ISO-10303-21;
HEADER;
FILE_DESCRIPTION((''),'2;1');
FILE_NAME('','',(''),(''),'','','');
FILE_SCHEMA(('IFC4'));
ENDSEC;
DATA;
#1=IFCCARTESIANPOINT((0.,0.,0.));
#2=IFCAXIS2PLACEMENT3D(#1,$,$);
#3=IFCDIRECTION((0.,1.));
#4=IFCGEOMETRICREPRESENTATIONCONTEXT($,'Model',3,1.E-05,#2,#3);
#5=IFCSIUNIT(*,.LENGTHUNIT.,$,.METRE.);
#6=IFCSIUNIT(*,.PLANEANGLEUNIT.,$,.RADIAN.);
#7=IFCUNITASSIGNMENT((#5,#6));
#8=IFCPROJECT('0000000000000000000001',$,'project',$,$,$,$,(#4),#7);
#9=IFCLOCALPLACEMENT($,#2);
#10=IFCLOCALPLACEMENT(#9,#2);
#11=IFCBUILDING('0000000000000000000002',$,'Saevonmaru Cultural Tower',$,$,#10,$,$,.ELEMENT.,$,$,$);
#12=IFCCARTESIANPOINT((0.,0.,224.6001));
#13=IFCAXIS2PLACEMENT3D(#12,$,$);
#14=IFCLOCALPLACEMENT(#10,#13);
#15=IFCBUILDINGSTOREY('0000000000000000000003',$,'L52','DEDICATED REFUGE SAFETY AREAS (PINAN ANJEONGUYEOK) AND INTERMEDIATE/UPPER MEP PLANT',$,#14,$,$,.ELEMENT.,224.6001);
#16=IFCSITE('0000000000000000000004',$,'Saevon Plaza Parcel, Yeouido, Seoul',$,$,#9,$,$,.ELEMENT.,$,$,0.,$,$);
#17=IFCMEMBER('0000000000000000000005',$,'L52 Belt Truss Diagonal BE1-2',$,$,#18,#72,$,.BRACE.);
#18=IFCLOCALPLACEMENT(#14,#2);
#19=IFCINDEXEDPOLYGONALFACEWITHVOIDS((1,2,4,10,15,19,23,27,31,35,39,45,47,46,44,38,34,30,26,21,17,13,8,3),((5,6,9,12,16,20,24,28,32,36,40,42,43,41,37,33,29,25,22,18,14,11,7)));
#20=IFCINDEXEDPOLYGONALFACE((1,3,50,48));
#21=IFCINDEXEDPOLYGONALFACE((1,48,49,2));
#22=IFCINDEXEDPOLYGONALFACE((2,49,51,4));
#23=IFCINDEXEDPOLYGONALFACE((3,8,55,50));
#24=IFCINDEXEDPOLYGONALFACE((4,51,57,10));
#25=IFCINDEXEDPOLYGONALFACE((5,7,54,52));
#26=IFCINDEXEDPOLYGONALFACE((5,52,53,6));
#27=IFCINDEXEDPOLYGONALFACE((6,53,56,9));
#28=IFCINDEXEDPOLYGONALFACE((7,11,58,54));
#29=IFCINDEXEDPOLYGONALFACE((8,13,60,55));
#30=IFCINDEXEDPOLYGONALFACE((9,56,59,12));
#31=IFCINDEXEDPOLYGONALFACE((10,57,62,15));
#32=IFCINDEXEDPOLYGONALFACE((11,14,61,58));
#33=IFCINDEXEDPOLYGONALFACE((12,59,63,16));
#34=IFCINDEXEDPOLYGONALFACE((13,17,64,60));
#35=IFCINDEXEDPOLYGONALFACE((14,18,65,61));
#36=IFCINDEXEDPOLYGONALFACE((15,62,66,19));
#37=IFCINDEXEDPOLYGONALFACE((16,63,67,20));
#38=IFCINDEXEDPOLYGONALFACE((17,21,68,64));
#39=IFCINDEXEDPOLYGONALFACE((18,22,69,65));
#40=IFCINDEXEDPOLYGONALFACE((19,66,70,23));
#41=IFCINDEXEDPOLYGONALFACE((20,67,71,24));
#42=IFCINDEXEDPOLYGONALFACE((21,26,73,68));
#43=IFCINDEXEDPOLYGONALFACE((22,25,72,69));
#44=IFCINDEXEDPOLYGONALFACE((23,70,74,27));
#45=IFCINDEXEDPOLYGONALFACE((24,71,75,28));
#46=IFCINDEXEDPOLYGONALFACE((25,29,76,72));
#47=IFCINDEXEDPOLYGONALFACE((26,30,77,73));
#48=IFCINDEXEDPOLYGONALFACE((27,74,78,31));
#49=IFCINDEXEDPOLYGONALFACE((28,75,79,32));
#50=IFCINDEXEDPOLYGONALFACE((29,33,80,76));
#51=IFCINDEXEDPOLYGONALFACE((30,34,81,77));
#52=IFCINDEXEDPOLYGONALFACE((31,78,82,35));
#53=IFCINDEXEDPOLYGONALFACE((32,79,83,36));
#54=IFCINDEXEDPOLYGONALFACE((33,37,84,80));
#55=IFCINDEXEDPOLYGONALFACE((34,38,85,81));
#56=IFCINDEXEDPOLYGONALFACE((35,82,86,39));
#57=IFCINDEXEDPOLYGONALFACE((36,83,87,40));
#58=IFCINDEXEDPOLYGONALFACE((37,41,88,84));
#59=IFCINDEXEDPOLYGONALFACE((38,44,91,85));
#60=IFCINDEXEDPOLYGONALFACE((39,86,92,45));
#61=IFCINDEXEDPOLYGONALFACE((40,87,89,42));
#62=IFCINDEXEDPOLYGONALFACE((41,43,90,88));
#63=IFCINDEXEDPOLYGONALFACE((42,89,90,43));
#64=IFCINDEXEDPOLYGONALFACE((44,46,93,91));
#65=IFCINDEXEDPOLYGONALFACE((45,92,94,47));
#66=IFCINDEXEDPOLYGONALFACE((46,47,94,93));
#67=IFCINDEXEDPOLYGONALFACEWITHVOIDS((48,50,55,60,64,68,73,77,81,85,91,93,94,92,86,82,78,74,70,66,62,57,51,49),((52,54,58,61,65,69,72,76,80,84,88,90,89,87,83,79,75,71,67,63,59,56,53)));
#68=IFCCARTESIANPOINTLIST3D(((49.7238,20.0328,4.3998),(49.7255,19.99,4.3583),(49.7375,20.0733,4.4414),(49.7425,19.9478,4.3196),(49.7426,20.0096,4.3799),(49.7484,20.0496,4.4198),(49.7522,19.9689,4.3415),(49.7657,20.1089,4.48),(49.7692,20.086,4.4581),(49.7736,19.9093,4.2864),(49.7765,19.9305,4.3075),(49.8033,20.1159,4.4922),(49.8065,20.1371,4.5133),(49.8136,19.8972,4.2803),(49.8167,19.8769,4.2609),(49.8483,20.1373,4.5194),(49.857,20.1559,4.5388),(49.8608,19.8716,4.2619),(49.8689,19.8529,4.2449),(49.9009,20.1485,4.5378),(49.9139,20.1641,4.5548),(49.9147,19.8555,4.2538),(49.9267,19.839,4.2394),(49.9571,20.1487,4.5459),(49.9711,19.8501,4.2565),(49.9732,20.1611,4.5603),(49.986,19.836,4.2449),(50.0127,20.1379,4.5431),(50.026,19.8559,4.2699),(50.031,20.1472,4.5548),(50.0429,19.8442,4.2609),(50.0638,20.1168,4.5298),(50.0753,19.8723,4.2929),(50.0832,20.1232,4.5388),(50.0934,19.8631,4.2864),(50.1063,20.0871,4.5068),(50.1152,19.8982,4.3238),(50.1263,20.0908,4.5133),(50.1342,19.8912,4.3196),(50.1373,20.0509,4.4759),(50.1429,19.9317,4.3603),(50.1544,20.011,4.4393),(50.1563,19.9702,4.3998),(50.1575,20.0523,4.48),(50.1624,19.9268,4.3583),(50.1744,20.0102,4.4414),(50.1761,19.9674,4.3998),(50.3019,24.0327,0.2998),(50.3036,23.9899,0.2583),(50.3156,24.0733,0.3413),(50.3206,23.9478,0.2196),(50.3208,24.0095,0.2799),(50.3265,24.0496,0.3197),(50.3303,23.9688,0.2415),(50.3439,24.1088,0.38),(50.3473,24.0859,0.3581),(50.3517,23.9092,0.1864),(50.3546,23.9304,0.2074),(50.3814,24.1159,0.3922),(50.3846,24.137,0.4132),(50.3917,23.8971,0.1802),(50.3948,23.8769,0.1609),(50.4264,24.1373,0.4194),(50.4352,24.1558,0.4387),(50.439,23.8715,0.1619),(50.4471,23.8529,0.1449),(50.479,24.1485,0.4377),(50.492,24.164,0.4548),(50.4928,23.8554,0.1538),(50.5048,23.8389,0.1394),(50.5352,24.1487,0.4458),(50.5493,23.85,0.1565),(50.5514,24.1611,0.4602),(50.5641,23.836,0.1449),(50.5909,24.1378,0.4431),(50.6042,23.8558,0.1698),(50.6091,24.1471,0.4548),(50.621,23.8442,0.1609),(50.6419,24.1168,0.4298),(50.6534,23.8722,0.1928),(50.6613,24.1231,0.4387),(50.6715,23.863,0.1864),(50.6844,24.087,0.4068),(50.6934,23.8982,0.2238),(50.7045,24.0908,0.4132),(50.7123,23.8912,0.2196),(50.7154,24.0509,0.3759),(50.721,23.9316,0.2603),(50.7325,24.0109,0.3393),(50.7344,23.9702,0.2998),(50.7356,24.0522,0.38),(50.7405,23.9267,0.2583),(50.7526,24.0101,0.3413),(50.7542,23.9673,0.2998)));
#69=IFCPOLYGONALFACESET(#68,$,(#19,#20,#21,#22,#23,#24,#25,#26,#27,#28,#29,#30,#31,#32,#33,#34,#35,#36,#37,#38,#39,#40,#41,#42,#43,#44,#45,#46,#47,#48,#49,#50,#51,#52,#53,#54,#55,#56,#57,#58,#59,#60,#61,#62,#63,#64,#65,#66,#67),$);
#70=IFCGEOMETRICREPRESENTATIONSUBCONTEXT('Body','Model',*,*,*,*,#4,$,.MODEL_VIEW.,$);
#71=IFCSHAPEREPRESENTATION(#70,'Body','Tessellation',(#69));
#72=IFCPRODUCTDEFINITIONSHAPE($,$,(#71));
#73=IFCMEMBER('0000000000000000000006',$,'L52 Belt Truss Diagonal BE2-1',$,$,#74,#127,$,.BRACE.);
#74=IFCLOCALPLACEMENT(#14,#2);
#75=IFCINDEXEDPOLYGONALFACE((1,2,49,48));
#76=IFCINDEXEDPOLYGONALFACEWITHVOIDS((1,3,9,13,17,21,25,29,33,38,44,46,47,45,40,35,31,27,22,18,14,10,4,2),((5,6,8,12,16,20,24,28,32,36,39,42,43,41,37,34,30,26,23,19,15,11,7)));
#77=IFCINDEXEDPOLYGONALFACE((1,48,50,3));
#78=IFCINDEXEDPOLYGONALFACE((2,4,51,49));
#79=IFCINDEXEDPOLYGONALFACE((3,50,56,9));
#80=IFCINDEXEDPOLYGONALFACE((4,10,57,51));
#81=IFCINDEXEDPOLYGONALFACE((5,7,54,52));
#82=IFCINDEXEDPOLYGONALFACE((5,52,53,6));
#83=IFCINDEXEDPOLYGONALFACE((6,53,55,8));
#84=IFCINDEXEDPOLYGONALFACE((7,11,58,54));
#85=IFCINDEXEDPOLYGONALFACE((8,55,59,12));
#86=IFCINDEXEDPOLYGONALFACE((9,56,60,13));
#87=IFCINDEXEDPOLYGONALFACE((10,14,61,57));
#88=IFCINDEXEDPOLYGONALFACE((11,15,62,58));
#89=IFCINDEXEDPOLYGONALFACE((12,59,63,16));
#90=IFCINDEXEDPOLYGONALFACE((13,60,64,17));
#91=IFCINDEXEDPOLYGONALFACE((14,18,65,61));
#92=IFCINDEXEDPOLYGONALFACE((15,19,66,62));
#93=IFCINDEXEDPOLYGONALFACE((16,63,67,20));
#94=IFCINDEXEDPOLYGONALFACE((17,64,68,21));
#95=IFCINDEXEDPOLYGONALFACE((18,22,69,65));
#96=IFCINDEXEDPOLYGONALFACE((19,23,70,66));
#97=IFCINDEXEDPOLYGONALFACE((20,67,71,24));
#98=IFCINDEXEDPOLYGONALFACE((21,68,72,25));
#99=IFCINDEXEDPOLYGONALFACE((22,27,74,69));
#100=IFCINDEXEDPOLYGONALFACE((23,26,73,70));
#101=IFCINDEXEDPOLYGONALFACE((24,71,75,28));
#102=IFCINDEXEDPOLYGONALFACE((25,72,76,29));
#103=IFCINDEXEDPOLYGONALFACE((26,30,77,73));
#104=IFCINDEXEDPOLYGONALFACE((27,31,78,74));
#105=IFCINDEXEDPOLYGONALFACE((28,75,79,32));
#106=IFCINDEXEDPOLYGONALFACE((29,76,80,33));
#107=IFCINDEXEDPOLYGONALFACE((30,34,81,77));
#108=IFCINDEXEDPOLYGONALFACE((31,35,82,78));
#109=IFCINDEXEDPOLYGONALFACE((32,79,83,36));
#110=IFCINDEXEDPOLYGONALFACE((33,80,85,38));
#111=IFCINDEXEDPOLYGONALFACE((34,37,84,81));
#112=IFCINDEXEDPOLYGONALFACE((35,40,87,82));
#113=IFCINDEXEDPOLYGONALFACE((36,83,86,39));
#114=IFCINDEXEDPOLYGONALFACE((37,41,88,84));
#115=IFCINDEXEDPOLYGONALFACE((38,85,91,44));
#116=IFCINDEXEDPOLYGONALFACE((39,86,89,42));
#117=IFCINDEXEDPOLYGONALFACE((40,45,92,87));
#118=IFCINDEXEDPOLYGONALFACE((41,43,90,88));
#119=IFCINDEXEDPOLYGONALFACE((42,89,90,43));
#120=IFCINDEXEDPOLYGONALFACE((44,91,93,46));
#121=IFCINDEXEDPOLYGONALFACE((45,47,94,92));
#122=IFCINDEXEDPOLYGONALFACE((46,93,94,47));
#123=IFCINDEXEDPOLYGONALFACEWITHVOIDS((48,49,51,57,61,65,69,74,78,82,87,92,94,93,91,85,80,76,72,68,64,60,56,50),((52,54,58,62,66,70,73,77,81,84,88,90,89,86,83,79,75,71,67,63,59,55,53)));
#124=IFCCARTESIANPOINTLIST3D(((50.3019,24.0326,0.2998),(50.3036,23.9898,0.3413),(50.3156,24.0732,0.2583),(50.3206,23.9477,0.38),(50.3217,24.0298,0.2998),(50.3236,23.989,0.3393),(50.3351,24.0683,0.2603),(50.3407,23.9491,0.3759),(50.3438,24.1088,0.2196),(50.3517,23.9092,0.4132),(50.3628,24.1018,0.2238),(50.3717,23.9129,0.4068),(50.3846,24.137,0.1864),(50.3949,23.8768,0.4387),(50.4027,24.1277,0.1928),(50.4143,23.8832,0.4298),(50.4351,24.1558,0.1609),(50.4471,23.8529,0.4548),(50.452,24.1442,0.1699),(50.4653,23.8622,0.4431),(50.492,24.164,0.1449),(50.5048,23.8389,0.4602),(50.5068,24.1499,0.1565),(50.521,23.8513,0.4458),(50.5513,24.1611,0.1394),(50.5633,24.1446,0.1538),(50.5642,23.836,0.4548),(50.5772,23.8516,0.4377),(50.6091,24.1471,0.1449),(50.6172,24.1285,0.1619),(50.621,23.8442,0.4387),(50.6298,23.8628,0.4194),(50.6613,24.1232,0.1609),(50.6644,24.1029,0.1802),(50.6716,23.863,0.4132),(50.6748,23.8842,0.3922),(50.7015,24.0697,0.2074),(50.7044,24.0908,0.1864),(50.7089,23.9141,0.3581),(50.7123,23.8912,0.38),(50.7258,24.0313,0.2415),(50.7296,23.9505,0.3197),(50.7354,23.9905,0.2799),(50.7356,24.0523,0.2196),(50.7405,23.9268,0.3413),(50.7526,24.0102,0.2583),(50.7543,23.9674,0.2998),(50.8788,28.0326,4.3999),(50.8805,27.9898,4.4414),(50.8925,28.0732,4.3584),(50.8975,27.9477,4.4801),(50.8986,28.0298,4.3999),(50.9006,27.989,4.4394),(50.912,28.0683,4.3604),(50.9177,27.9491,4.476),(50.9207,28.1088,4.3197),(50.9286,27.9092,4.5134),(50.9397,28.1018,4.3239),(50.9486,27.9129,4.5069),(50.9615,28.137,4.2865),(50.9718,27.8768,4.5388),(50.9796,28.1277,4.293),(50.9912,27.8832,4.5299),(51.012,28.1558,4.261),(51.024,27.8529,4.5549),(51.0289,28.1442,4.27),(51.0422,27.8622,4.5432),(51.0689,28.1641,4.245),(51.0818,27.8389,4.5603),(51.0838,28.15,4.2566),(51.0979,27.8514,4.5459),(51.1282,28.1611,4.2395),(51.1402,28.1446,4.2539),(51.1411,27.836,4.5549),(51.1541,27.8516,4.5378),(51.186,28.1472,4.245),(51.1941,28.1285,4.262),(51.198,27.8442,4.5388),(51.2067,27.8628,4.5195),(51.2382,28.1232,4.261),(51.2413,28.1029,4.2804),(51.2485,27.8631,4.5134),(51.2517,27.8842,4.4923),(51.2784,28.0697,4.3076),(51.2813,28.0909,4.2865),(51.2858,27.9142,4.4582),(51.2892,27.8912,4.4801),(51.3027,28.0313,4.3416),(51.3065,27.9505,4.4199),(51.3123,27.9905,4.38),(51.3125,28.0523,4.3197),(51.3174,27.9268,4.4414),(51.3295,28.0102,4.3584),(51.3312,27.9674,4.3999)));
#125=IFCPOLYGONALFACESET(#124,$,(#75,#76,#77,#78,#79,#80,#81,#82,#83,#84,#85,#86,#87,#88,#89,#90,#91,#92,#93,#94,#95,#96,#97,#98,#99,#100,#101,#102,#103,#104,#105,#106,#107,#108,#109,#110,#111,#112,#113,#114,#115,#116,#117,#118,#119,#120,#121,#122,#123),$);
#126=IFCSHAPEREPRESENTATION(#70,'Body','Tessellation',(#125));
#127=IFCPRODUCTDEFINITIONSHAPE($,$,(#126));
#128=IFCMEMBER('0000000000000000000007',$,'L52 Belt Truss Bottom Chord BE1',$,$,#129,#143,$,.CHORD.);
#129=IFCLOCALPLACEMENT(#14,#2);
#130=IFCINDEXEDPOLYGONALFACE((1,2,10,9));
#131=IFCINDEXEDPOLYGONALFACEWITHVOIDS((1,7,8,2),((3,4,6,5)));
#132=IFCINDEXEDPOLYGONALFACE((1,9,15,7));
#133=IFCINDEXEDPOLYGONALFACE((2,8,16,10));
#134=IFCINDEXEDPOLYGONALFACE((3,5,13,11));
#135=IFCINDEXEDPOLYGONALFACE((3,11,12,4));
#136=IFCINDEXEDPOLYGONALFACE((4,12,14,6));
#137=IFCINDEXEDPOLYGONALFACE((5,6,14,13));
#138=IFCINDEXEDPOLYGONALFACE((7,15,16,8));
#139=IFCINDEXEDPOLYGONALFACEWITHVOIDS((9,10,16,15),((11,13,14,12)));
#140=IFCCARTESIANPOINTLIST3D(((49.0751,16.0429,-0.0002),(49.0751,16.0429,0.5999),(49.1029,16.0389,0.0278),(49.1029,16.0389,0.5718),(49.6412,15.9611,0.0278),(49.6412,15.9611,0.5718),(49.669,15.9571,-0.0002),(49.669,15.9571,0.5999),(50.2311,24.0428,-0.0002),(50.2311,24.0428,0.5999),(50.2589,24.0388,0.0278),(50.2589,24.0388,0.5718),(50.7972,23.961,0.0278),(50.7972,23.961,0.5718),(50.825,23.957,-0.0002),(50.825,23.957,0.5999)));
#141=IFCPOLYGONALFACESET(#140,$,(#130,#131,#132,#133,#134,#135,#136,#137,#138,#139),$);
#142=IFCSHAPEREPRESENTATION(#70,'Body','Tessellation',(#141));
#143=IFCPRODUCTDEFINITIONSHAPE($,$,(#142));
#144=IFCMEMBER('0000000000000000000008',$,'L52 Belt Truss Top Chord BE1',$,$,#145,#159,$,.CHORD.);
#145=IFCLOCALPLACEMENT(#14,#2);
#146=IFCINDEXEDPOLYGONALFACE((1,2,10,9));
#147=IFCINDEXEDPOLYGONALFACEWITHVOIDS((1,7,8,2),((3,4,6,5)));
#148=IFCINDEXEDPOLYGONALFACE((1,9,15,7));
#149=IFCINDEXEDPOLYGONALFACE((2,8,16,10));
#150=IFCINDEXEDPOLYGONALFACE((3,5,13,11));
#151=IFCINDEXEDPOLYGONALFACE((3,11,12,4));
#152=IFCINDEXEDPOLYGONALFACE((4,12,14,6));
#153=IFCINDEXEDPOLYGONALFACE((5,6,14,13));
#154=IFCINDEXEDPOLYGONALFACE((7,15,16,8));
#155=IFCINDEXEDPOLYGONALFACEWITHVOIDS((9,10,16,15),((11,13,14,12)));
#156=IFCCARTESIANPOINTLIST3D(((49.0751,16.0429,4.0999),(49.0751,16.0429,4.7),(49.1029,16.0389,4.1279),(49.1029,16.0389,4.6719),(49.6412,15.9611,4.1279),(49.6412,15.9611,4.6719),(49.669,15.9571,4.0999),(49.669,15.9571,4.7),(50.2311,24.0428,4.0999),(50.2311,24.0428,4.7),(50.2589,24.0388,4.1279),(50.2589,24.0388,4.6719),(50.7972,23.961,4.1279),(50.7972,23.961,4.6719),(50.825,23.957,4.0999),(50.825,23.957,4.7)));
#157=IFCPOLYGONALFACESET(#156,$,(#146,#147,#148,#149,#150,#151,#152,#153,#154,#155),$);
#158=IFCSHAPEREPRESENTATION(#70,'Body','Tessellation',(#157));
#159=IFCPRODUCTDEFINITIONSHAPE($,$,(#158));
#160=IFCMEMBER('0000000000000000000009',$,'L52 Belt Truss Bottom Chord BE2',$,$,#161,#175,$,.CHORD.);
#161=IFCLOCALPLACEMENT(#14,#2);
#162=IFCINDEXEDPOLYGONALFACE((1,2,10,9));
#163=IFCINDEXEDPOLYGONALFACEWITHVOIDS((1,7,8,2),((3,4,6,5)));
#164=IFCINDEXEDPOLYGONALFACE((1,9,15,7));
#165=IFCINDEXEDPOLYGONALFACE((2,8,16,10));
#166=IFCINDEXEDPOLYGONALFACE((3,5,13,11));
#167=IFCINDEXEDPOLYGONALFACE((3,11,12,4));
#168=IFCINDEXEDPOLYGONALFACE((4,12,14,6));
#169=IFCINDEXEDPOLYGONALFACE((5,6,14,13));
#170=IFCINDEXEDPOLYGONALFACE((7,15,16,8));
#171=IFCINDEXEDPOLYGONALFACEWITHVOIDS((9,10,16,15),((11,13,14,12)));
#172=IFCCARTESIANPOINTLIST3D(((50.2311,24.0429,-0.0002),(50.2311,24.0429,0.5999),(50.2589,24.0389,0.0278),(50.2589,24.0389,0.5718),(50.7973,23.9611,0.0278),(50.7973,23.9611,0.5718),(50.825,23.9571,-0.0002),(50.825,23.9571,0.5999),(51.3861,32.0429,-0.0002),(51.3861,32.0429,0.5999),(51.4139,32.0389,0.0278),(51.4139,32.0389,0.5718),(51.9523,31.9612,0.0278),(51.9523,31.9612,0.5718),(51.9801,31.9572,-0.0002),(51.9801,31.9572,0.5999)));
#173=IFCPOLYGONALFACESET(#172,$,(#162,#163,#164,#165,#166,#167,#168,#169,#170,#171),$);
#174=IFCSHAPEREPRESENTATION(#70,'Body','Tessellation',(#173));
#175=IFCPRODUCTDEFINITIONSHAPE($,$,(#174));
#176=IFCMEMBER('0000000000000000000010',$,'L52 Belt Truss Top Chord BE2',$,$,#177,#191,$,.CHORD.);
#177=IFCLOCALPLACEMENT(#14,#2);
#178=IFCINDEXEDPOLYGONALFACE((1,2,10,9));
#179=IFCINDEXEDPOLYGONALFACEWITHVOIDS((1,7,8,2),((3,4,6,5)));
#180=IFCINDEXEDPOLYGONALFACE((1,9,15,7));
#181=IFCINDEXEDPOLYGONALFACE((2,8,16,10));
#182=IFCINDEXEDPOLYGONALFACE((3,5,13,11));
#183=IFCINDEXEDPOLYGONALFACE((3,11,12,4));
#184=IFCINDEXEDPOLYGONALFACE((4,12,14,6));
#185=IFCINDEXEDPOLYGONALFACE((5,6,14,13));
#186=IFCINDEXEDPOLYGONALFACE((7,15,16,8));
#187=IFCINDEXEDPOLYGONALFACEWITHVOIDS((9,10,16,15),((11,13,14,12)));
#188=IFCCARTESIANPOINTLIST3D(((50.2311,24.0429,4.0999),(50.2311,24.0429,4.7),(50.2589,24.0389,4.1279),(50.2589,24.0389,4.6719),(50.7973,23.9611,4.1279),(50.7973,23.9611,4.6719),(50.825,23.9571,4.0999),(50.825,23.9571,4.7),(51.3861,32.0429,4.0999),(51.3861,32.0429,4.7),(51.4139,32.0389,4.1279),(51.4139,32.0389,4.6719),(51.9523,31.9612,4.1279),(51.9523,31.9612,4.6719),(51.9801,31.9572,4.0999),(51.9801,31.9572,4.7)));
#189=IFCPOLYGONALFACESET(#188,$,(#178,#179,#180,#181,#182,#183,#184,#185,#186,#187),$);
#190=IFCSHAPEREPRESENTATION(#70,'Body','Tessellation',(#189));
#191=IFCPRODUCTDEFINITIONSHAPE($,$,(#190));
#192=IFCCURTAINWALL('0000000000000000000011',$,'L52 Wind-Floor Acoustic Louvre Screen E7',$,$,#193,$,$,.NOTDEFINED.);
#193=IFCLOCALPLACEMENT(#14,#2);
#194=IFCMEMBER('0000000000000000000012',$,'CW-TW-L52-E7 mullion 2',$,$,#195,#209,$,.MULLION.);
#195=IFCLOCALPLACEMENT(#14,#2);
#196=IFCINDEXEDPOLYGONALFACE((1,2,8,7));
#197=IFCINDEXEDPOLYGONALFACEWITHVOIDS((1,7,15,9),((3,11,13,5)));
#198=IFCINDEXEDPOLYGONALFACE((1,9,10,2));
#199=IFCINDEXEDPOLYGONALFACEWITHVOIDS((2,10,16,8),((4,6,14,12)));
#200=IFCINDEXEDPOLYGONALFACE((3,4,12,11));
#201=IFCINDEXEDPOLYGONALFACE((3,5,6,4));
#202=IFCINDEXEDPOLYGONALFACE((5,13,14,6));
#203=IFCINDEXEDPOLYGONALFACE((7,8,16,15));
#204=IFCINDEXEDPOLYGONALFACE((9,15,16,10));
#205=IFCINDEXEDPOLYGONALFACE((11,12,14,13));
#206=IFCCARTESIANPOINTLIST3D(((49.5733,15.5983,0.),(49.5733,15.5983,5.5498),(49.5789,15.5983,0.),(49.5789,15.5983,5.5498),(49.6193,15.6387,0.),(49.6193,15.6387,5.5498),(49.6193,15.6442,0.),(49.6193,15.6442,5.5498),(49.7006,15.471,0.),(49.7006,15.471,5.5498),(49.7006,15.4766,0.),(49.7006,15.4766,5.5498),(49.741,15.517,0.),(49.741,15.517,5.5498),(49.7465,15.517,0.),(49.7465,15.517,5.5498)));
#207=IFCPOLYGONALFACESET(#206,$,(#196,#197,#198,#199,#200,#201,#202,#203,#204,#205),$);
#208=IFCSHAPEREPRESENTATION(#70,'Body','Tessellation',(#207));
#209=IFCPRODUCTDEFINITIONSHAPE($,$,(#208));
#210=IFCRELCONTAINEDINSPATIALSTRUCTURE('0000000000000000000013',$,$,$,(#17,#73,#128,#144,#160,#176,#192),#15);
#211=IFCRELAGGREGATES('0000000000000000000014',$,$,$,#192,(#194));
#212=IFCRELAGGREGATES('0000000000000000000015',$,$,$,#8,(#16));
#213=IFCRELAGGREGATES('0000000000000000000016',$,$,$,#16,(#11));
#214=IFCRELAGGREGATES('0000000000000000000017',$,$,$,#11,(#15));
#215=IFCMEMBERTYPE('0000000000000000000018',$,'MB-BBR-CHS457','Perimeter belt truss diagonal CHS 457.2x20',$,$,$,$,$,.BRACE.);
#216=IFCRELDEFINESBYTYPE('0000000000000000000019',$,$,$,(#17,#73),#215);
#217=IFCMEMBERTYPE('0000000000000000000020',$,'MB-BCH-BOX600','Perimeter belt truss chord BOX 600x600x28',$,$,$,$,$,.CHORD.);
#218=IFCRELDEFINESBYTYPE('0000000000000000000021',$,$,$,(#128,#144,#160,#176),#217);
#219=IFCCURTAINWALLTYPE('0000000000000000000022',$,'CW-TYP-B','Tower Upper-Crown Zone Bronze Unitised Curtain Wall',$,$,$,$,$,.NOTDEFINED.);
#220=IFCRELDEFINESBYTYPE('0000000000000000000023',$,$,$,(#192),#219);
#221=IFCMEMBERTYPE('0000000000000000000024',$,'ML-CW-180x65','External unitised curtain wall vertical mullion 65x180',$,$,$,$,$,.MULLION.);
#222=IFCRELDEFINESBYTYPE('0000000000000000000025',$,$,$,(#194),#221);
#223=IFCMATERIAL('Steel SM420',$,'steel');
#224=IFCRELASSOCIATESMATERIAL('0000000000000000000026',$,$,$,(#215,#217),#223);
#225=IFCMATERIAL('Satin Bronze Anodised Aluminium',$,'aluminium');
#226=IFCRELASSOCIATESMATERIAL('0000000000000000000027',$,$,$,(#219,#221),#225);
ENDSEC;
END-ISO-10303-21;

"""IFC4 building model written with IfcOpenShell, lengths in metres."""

from ifc_helpers import new_model, si_unit, direction, frame, origin, origin_2d, place, context, subcontext, project, spatial, hollow_rectangle, hollow_circle, extrude, material, material_profile, profile_set, type_object, element, aggregate, save


model = new_model("IFC4")

# Units and contexts
model_context = context("Model", 3, precision=1e-05, world=origin(), true_north=direction((0.0, 1.0)))
body_context = subcontext(model_context, "Body", "Model", "MODEL_VIEW")
ifc_project = project(units=[si_unit("LENGTHUNIT", "METRE"), si_unit("PLANEANGLEUNIT", "RADIAN")], contexts=[model_context])

# Site, building, storey
site_placement = place(None, origin())
site = spatial("IfcSite", under=ifc_project, at=site_placement, Name="Saevon Plaza Parcel, Yeouido, Seoul", CompositionType="ELEMENT", RefElevation=0.0)
building_placement = place(site_placement, origin())
building = spatial("IfcBuilding", under=site, at=building_placement, Name="Saevonmaru Cultural Tower", CompositionType="ELEMENT")
storey_placement = place(building_placement, frame((0.0, 0.0, 224.6001)))
storey = spatial("IfcBuildingStorey", under=building, at=storey_placement, Name="L52", Description="DEDICATED REFUGE SAFETY AREAS (PINAN ANJEONGUYEOK) AND INTERMEDIATE/UPPER MEP PLANT", CompositionType="ELEMENT", Elevation=224.6001)

# Shared definitions
ifc_material_1 = material(Name="Steel SM420", Category="steel")

# Members
ifc_material_profile_1 = material_profile(ifc_material_1, hollow_circle(Radius=0.2285, WallThickness=0.02, at=origin_2d()), Name="CHS-457.2x20")
ifc_profile_set_1 = profile_set([ifc_material_profile_1], Name="Steel SM420")
member_type_1 = type_object("IfcMemberType", Name="MB-BBR-CHS457", Description="Perimeter belt truss diagonal CHS 457.2x20", PredefinedType="BRACE", material=ifc_profile_set_1)
for number, where, z_axis, x_axis, name in (
    (1, (50.5281, 24.0, 0.2998), (-0.100418, -0.694786, 0.712172), (0.989716, -0.143045, 0.0), "L52 Belt Truss Diagonal BE1-2"),
    (2, (50.5281, 24.0, 0.2998), (0.100208, 0.6948, 0.712187), (-0.989759, 0.142749, 0.0), "L52 Belt Truss Diagonal BE2-1"),
):
    element("IfcMember", number, at=place(storey_placement, frame(where, z_axis=z_axis, x_axis=x_axis)), inside=storey, type_object=member_type_1, Name=name, PredefinedType="BRACE", context=body_context, shape_type="SweptSolid", body=[
        extrude(hollow_circle(Radius=0.2285, WallThickness=0.02, at=origin_2d()), origin(), (0.0, 0.0, 1.0), 5.7571),
    ])
ifc_material_profile_2 = material_profile(ifc_material_1, hollow_rectangle(XDim=0.6001, YDim=0.6001, WallThickness=0.0281, at=origin_2d()), Name="BOX-600x600x28")
ifc_profile_set_2 = profile_set([ifc_material_profile_2], Name="Steel SM420")
member_type_2 = type_object("IfcMemberType", Name="MB-BCH-BOX600", Description="Perimeter belt truss chord BOX 600x600x28", PredefinedType="CHORD", material=ifc_profile_set_2)
for number, where, z_axis, x_axis, name in (
    (3, (49.3721, 16.0, 0.2998), (0.143015, 0.98972, 0.0), (-0.98972, 0.143015, 0.0), "L52 Belt Truss Bottom Chord BE1"),
    (4, (49.3721, 16.0, 4.3999), (0.143015, 0.98972, 0.0), (-0.98972, 0.143015, 0.0), "L52 Belt Truss Top Chord BE1"),
    (5, (50.5281, 24.0, 0.2998), (0.142897, 0.989738, 0.0), (-0.989738, 0.142897, 0.0), "L52 Belt Truss Bottom Chord BE2"),
    (6, (50.5281, 24.0, 4.3999), (0.142897, 0.989738, 0.0), (-0.989738, 0.142897, 0.0), "L52 Belt Truss Top Chord BE2"),
):
    element("IfcMember", number, at=place(storey_placement, frame(where, z_axis=z_axis, x_axis=x_axis)), inside=storey, type_object=member_type_2, Name=name, PredefinedType="CHORD", context=body_context, shape_type="SweptSolid", body=[
        extrude(hollow_rectangle(XDim=0.6001, YDim=0.6001, WallThickness=0.0281, at=origin_2d()), origin(), (0.0, 0.0, 1.0), 8.083),
    ])

# Curtain wall, member
ifc_material_2 = material(Name="Satin Bronze Anodised Aluminium", Category="aluminium")
curtain_wall_type = type_object("IfcCurtainWallType", Name="CW-TYP-B", Description="Tower Upper-Crown Zone Bronze Unitised Curtain Wall", PredefinedType="NOTDEFINED", material=ifc_material_2)
curtain_wall_1_placement = place(storey_placement, origin())
curtain_wall_1 = element("IfcCurtainWall", 7, at=curtain_wall_1_placement, inside=storey, type_object=curtain_wall_type, Name="L52 Wind-Floor Acoustic Louvre Screen E7", PredefinedType="NOTDEFINED")
ifc_material_profile_3 = material_profile(ifc_material_2, hollow_rectangle(XDim=0.0649, YDim=0.1799, WallThickness=0.0039, at=origin_2d()), Name="ALU-MULL-180x65x4")
ifc_profile_set_3 = profile_set([ifc_material_profile_3], Name="Satin Bronze Anodised Aluminium")
member_type_3 = type_object("IfcMemberType", Name="ML-CW-180x65", Description="External unitised curtain wall vertical mullion 65x180", PredefinedType="MULLION", material=ifc_profile_set_3)
member_1_placement = place(storey_placement, frame((49.6599, 15.5576, 0.0), z_axis=(0.0, 0.0, 1.0), x_axis=(0.707107, 0.707107, 0.0)))
member_1 = element("IfcMember", 8, at=member_1_placement, type_object=member_type_3, Name="CW-TW-L52-E7 mullion 2", PredefinedType="MULLION", context=body_context, shape_type="SweptSolid", body=[
    extrude(hollow_rectangle(XDim=0.0649, YDim=0.1799, WallThickness=0.0039, at=origin_2d()), origin(), (0.0, 0.0, 1.0), 5.5498),
])

aggregate(curtain_wall_1, [member_1])

save(model, "model.ifc")
